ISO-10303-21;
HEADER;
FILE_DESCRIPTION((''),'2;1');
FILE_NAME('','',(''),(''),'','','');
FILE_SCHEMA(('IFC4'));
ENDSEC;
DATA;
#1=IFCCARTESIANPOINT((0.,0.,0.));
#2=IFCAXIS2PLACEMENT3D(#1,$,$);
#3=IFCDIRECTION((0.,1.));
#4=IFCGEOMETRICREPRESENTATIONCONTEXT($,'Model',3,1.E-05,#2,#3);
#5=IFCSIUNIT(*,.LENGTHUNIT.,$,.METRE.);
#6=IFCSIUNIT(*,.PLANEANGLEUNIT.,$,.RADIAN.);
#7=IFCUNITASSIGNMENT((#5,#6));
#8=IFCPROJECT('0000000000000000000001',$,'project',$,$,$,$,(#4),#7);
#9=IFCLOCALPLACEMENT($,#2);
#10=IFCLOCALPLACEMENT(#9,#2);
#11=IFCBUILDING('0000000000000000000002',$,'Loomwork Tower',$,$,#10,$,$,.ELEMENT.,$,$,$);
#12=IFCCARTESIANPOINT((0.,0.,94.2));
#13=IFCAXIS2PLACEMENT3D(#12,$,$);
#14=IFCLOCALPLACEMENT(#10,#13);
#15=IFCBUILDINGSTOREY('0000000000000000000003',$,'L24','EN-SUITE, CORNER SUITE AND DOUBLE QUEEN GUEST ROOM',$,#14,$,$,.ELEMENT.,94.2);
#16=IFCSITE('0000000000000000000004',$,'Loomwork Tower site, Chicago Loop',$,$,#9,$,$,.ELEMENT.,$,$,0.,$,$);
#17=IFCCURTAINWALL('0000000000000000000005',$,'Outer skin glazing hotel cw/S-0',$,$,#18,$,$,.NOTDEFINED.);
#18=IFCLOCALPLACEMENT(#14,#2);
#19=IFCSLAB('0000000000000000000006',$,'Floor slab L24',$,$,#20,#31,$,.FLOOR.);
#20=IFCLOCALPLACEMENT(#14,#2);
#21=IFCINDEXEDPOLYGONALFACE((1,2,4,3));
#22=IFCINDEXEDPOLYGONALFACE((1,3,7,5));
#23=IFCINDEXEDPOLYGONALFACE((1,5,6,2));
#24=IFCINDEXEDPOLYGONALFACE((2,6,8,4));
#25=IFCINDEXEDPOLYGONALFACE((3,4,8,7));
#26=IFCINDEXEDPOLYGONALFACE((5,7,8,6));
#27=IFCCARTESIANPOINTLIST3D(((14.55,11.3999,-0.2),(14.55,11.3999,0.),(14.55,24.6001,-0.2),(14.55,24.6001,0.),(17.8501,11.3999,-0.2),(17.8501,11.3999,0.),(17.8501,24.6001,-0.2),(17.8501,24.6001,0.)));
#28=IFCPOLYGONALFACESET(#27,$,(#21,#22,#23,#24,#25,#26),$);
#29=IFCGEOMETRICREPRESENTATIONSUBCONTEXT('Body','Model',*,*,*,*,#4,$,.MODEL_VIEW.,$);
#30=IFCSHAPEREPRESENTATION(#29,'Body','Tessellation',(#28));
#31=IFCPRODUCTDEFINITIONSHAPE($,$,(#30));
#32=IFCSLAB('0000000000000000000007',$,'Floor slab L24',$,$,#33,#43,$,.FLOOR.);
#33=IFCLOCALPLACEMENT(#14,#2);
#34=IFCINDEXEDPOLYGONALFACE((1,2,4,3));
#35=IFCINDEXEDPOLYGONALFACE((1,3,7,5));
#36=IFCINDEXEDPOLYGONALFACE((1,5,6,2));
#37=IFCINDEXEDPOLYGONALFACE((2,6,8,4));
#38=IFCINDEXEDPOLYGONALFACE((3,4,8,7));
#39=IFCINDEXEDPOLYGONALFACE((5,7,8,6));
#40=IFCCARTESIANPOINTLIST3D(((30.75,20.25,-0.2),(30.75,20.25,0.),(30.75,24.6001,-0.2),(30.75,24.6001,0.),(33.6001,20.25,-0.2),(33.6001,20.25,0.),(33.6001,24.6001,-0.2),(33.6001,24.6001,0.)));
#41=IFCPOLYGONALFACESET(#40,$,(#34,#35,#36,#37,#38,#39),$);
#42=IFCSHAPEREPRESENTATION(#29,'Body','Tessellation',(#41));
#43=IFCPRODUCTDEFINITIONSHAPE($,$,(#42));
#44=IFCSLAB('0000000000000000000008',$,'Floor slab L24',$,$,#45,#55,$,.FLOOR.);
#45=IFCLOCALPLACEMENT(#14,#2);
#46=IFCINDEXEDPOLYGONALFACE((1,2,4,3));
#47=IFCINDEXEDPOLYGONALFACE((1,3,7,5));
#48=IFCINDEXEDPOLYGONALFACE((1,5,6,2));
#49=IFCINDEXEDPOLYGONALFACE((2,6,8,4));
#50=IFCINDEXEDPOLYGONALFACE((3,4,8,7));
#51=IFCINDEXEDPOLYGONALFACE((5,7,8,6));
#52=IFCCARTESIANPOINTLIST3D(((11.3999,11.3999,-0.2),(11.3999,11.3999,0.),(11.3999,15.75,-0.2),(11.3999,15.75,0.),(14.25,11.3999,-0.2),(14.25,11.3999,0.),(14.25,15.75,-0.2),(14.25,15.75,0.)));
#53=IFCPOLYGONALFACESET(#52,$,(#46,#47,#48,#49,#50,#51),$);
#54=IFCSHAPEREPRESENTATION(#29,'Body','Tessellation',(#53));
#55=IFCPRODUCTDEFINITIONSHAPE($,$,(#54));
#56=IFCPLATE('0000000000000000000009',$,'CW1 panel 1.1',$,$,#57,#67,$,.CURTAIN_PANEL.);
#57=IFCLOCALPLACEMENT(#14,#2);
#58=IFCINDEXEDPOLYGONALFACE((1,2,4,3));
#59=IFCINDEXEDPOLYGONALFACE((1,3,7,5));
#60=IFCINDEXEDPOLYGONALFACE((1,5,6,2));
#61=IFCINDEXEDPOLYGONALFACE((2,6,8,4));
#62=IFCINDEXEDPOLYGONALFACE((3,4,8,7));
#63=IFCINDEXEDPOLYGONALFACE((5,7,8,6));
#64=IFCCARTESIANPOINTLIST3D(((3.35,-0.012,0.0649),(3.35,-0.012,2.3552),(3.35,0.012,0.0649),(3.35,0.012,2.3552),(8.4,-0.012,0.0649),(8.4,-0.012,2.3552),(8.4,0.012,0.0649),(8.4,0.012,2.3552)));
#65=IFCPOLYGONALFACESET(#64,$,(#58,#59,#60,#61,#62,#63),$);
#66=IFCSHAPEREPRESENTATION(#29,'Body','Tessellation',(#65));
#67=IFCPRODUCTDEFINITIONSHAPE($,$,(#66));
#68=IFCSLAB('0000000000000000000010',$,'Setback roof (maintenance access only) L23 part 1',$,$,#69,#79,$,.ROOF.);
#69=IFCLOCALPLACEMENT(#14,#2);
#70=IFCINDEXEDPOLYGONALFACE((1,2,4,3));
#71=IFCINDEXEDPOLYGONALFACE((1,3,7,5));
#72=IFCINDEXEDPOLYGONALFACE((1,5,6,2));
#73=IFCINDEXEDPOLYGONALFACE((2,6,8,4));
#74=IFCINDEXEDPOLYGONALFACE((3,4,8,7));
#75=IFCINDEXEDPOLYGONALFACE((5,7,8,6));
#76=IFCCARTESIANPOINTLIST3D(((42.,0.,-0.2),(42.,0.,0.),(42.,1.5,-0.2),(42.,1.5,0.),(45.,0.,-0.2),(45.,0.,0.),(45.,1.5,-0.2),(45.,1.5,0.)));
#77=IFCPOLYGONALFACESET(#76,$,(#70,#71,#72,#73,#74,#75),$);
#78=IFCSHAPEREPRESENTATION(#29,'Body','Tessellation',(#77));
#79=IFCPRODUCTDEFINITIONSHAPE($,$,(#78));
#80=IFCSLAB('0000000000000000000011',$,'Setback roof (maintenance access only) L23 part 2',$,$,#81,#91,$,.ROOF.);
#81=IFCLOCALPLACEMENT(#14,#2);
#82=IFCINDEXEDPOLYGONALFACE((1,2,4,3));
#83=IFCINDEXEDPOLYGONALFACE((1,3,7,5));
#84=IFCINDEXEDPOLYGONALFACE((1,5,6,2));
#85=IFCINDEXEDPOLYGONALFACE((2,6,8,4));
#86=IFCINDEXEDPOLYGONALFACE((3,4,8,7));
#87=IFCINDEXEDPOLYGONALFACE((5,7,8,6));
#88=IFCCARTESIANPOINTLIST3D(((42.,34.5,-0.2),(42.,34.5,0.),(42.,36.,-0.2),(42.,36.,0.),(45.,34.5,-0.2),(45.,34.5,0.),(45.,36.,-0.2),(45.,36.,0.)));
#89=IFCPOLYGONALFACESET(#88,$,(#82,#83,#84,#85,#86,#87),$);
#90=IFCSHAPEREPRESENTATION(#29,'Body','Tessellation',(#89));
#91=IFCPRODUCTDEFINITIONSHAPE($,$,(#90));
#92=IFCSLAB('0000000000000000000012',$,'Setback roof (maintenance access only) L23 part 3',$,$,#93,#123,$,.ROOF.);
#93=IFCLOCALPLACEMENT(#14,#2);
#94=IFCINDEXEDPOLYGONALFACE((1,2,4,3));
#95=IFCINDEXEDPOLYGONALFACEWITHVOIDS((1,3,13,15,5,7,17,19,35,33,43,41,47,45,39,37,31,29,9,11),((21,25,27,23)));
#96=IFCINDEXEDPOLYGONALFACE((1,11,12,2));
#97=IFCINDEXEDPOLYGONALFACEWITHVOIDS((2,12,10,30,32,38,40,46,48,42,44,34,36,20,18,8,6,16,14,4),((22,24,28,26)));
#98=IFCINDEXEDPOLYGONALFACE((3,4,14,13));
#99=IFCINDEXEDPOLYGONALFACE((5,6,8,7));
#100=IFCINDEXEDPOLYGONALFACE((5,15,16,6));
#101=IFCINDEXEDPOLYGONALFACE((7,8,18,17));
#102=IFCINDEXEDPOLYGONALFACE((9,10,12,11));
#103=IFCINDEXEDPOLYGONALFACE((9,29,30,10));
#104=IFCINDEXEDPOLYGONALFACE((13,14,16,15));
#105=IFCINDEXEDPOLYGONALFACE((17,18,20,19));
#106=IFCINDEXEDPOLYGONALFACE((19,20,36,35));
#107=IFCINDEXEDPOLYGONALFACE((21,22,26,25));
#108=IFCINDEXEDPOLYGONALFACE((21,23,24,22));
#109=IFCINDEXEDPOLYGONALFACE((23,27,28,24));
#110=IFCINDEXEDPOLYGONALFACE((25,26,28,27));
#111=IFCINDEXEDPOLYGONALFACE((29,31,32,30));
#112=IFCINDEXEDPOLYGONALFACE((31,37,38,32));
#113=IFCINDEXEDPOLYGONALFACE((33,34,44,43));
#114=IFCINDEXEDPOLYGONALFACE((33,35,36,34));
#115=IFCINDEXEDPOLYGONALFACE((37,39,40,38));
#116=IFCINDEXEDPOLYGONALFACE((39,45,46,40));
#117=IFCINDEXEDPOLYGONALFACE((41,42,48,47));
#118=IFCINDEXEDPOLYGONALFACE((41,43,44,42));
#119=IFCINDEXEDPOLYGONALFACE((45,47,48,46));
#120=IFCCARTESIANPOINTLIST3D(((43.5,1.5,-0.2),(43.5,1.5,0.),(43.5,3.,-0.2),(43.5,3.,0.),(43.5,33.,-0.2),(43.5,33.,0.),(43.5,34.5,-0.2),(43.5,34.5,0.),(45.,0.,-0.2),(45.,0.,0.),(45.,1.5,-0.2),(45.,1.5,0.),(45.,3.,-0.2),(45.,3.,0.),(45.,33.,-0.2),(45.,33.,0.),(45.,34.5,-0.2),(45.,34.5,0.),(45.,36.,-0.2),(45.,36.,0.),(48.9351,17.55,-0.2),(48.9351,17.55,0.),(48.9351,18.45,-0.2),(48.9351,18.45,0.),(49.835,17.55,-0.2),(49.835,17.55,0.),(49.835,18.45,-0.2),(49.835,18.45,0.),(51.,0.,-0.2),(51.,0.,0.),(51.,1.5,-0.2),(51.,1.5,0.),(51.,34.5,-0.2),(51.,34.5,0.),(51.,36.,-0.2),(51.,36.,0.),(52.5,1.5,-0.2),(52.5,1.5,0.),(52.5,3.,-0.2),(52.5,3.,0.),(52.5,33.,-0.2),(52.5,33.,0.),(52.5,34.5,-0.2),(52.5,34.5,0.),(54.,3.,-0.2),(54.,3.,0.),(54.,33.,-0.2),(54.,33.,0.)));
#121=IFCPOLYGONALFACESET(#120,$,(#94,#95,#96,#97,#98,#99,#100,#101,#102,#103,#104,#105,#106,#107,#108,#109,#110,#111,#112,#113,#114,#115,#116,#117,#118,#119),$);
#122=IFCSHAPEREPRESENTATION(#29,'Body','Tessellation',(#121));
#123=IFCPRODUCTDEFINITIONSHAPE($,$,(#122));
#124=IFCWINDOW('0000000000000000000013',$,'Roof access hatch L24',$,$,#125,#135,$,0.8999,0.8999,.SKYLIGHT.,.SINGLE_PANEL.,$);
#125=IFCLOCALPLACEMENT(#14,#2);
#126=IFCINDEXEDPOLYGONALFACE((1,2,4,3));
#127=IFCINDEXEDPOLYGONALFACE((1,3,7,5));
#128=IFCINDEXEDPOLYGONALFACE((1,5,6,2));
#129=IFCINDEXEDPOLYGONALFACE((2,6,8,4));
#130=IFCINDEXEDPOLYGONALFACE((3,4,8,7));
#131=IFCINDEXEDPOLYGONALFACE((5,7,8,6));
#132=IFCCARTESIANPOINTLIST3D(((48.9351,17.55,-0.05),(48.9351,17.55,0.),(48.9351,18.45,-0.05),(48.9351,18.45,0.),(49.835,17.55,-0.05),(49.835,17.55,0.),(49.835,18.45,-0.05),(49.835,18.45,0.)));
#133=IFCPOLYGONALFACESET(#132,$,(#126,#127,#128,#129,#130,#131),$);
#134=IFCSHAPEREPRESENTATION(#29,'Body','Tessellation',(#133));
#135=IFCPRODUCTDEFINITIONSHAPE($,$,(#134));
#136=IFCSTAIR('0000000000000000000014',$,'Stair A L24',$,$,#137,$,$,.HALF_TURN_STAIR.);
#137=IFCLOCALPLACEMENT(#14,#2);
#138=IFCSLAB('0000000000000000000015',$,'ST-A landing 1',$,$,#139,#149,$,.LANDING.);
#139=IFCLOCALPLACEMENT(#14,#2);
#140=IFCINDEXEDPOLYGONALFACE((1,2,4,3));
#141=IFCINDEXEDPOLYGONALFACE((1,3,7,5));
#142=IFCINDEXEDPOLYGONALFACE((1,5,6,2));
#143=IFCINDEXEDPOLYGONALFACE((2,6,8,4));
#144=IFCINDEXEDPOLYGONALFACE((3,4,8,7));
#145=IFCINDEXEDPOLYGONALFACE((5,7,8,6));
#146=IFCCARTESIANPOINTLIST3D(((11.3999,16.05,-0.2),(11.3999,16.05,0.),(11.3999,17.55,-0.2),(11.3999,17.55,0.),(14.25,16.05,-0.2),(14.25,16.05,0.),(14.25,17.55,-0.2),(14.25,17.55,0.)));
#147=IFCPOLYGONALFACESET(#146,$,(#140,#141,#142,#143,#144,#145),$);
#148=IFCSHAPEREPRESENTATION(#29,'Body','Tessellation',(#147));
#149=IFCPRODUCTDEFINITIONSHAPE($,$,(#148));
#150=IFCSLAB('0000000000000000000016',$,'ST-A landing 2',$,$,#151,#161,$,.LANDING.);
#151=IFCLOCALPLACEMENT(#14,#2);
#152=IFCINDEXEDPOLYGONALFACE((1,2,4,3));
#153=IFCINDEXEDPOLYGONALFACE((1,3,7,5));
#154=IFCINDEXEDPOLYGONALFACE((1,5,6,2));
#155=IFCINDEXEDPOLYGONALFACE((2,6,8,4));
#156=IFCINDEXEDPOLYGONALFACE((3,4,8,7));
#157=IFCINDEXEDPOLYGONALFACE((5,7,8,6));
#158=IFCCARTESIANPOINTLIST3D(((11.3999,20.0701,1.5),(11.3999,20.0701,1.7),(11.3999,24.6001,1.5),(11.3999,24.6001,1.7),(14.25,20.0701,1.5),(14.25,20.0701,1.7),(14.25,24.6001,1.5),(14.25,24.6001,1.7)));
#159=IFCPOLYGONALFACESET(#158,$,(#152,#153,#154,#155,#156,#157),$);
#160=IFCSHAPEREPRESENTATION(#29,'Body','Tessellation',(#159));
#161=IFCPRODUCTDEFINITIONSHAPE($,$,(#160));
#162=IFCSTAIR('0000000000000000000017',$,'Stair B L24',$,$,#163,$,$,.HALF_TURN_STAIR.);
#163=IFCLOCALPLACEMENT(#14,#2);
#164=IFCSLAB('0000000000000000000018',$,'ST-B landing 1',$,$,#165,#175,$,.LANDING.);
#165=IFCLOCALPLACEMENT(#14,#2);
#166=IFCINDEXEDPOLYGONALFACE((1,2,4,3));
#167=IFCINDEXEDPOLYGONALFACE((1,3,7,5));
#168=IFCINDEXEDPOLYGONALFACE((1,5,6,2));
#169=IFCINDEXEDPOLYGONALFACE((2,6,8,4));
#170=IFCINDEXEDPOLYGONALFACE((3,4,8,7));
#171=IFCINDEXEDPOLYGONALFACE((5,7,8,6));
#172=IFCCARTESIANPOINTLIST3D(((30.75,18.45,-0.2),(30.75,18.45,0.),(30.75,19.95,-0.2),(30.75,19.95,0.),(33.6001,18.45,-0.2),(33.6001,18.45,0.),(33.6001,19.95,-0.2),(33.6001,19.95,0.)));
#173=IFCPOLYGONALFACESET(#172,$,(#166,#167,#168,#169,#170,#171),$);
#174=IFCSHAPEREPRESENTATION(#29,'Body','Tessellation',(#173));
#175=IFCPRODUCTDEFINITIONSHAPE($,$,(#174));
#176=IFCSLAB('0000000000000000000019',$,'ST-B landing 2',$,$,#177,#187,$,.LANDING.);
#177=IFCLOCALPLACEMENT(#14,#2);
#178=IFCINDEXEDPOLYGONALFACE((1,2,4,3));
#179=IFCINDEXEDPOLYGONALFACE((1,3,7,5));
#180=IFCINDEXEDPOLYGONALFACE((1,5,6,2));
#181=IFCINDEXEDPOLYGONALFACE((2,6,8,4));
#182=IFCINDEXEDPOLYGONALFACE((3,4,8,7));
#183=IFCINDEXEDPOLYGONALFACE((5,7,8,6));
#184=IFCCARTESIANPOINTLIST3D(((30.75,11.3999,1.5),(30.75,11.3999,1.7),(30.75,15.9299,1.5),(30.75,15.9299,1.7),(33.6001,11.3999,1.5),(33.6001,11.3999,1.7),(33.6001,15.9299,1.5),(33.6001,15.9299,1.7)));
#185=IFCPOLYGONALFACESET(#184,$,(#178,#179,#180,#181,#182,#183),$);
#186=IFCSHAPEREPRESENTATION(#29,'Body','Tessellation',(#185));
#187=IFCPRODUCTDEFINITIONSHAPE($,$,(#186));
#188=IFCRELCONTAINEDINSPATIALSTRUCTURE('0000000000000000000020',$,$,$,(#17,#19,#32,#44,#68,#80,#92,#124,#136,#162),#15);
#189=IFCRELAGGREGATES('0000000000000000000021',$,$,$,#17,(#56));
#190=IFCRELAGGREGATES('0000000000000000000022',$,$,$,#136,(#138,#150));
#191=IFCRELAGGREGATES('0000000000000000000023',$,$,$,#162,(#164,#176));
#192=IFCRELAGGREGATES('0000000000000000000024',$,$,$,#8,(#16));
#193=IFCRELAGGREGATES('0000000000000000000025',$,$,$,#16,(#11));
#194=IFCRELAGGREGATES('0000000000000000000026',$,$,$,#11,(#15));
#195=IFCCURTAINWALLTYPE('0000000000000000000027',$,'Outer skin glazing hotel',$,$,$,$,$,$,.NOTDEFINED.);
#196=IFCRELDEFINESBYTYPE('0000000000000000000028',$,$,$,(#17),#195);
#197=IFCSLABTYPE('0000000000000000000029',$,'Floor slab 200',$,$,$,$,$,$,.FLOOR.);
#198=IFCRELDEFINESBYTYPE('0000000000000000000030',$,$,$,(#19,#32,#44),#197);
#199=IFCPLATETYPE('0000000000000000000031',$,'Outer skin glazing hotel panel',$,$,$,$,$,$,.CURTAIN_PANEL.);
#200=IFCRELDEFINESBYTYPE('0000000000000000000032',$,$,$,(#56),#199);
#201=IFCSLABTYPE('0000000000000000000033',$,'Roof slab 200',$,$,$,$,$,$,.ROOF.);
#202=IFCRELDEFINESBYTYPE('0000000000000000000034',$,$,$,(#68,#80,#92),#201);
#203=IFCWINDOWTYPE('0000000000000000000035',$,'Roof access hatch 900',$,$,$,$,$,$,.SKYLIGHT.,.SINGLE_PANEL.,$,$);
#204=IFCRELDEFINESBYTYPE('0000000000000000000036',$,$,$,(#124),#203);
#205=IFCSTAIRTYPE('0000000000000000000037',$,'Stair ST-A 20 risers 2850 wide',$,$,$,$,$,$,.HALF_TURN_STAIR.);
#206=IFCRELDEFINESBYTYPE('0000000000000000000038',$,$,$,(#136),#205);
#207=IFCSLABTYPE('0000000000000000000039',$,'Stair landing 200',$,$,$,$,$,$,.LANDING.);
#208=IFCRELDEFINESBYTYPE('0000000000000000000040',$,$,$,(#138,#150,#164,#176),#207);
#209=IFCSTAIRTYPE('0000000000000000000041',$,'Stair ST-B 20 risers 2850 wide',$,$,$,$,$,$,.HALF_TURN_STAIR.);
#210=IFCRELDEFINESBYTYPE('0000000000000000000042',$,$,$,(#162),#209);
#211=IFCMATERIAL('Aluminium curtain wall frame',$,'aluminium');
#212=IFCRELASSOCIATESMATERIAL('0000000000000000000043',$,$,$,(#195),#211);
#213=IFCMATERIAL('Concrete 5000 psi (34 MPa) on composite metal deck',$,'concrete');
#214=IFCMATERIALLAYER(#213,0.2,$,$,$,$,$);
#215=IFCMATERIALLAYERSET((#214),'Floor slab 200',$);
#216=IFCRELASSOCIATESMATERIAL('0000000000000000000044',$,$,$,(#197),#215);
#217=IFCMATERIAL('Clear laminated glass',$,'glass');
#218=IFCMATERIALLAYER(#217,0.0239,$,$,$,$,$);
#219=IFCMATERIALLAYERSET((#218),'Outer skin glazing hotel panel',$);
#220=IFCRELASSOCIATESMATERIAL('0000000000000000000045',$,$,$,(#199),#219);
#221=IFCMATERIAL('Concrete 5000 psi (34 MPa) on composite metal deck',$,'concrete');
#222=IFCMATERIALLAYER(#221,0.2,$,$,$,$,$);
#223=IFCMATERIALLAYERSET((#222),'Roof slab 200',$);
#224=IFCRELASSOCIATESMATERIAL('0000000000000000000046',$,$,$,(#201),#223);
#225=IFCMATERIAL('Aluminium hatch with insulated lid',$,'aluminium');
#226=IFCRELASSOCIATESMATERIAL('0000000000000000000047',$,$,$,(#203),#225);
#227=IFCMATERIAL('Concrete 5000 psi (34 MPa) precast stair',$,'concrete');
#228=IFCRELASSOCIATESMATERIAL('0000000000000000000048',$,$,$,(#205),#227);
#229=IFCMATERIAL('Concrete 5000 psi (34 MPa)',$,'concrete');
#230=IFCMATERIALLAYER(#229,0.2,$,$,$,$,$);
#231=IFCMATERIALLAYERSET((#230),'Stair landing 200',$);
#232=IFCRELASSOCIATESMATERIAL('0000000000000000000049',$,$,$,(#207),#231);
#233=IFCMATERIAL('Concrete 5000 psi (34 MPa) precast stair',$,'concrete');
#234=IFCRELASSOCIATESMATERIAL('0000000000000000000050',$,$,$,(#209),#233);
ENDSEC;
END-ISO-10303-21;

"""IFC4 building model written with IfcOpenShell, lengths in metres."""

from ifc_helpers import new_model, si_unit, direction, frame, origin, origin_2d, place, context, subcontext, project, spatial, polyline, rectangle, outline, extrude, material, layer, layer_set, type_object, element, fill, aggregate, save


model = new_model("IFC4")

# Units and contexts
model_context = context("Model", 3, precision=1e-05, world=origin(), true_north=direction((0.0, 1.0)))
body_context = subcontext(model_context, "Body", "Model", "MODEL_VIEW")
ifc_project = project(units=[si_unit("LENGTHUNIT", "METRE"), si_unit("PLANEANGLEUNIT", "RADIAN")], contexts=[model_context])

# Site, building, storey
site_placement = place(None, origin())
site = spatial("IfcSite", under=ifc_project, at=site_placement, Name="Loomwork Tower site, Chicago Loop", CompositionType="ELEMENT", RefElevation=0.0)
building_placement = place(site_placement, origin())
building = spatial("IfcBuilding", under=site, at=building_placement, Name="Loomwork Tower", CompositionType="ELEMENT")
storey_placement = place(building_placement, frame((0.0, 0.0, 94.2)))
storey = spatial("IfcBuildingStorey", under=building, at=storey_placement, Name="L24", Description="EN-SUITE, CORNER SUITE AND DOUBLE QUEEN GUEST ROOM", CompositionType="ELEMENT", Elevation=94.2)

# Curtain wall
ifc_material_1 = material(Name="Aluminium curtain wall frame", Category="aluminium")
curtain_wall_type = type_object("IfcCurtainWallType", Name="Outer skin glazing hotel", PredefinedType="NOTDEFINED", material=ifc_material_1)
curtain_wall_placement = place(storey_placement, origin())
curtain_wall = element("IfcCurtainWall", 1, at=curtain_wall_placement, inside=storey, type_object=curtain_wall_type, Name="Outer skin glazing hotel cw/S-0", PredefinedType="NOTDEFINED")

# Slabs
ifc_material_2 = material(Name="Concrete 5000 psi (34 MPa) on composite metal deck", Category="concrete")
ifc_layer_1 = layer(ifc_material_2, 0.2)
ifc_layer_set_1 = layer_set([ifc_layer_1], Name="Floor slab 200")
slab_type_1 = type_object("IfcSlabType", Name="Floor slab 200", PredefinedType="FLOOR", material=ifc_layer_set_1)
slab_1_placement = place(storey_placement, frame((0.0, 0.0, -0.2)))
element("IfcSlab", 2, at=slab_1_placement, inside=storey, type_object=slab_type_1, Name="Floor slab L24", PredefinedType="FLOOR", context=body_context, shape_type="SweptSolid", body=[
    extrude(outline(polyline([(14.55, 11.3999), (14.55, 24.6001), (17.8501, 24.6001), (17.8501, 11.3999), (14.55, 11.3999)])), origin(), (0.0, 0.0, 1.0), 0.2),
])
slab_2_placement = place(storey_placement, frame((0.0, 0.0, -0.2)))
element("IfcSlab", 3, at=slab_2_placement, inside=storey, type_object=slab_type_1, Name="Floor slab L24", PredefinedType="FLOOR", context=body_context, shape_type="SweptSolid", body=[
    extrude(outline(polyline([(33.6001, 20.25), (30.75, 20.25), (30.75, 24.6001), (33.6001, 24.6001), (33.6001, 20.25)])), origin(), (0.0, 0.0, 1.0), 0.2),
])
slab_3_placement = place(storey_placement, frame((0.0, 0.0, -0.2)))
element("IfcSlab", 4, at=slab_3_placement, inside=storey, type_object=slab_type_1, Name="Floor slab L24", PredefinedType="FLOOR", context=body_context, shape_type="SweptSolid", body=[
    extrude(outline(polyline([(14.25, 15.75), (14.25, 11.3999), (11.3999, 11.3999), (11.3999, 15.75), (14.25, 15.75)])), origin(), (0.0, 0.0, 1.0), 0.2),
])

# Plate
ifc_material_3 = material(Name="Clear laminated glass", Category="glass")
ifc_layer_2 = layer(ifc_material_3, 0.0239)
ifc_layer_set_2 = layer_set([ifc_layer_2], Name="Outer skin glazing hotel panel")
plate_type = type_object("IfcPlateType", Name="Outer skin glazing hotel panel", PredefinedType="CURTAIN_PANEL", material=ifc_layer_set_2)
plate_placement = place(storey_placement, frame((5.875, 0.0, 0.0649), z_axis=(0.0, 0.0, 1.0), x_axis=(1.0, 0.0, 0.0)))
plate = element("IfcPlate", 5, at=plate_placement, type_object=plate_type, Name="CW1 panel 1.1", PredefinedType="CURTAIN_PANEL", context=body_context, shape_type="SweptSolid", body=[
    extrude(rectangle(XDim=5.05, YDim=0.0239, at=origin_2d()), origin(), (0.0, 0.0, 1.0), 2.2903),
])
aggregate(curtain_wall, [plate])

# Slabs
ifc_material_4 = material(Name="Concrete 5000 psi (34 MPa) on composite metal deck", Category="concrete")
ifc_layer_3 = layer(ifc_material_4, 0.2)
ifc_layer_set_3 = layer_set([ifc_layer_3], Name="Roof slab 200")
slab_type_2 = type_object("IfcSlabType", Name="Roof slab 200", PredefinedType="ROOF", material=ifc_layer_set_3)
slab_4_placement = place(storey_placement, frame((0.0, 0.0, -0.2)))
element("IfcSlab", 6, at=slab_4_placement, inside=storey, type_object=slab_type_2, Name="Setback roof (maintenance access only) L23 part 1", PredefinedType="ROOF", context=body_context, shape_type="SweptSolid", body=[
    extrude(outline(polyline([(45.0, 0.0), (42.0, 0.0), (42.0, 1.5), (45.0, 1.5), (45.0, 0.0)])), origin(), (0.0, 0.0, 1.0), 0.2),
])
slab_5_placement = place(storey_placement, frame((0.0, 0.0, -0.2)))
element("IfcSlab", 7, at=slab_5_placement, inside=storey, type_object=slab_type_2, Name="Setback roof (maintenance access only) L23 part 2", PredefinedType="ROOF", context=body_context, shape_type="SweptSolid", body=[
    extrude(outline(polyline([(45.0, 34.5), (42.0, 34.5), (42.0, 36.0), (45.0, 36.0), (45.0, 34.5)])), origin(), (0.0, 0.0, 1.0), 0.2),
])

# Slab, opening, window
slab_6_placement = place(storey_placement, frame((0.0, 0.0, -0.2)))
slab_6 = element("IfcSlab", 8, at=slab_6_placement, inside=storey, type_object=slab_type_2, Name="Setback roof (maintenance access only) L23 part 3", PredefinedType="ROOF", context=body_context, shape_type="SweptSolid", body=[
    extrude(outline(polyline([(43.5, 1.5), (43.5, 3.0), (45.0, 3.0), (45.0, 33.0), (43.5, 33.0), (43.5, 34.5), (45.0, 34.5), (45.0, 36.0), (51.0, 36.0), (51.0, 34.5), (52.5, 34.5), (52.5, 33.0), (54.0, 33.0), (54.0, 3.0), (52.5, 3.0), (52.5, 1.5), (51.0, 1.5), (51.0, 0.0), (45.0, 0.0), (45.0, 1.5), (43.5, 1.5)])), origin(), (0.0, 0.0, 1.0), 0.2),
])
opening_1_placement = place(slab_6_placement, frame((49.385, 18.0, 0.0)))
opening_1 = element("IfcOpeningElement", 9, at=opening_1_placement, cuts=slab_6, PredefinedType="OPENING", context=body_context, shape_type="SweptSolid", body=[
    extrude(rectangle(XDim=0.8999, YDim=0.8999, at=origin_2d()), origin(), (0.0, 0.0, 1.0), 0.2),
])
ifc_material_5 = material(Name="Aluminium hatch with insulated lid", Category="aluminium")
window_type_1 = type_object("IfcWindowType", Name="Roof access hatch 900", PartitioningType="SINGLE_PANEL", PredefinedType="SKYLIGHT", material=ifc_material_5)
window_1_placement = place(opening_1_placement, frame((0.0, 0.0, 0.1499)))
window_1 = element("IfcWindow", 10, at=window_1_placement, inside=storey, type_object=window_type_1, Name="Roof access hatch L24", OverallHeight=0.8999, OverallWidth=0.8999, PartitioningType="SINGLE_PANEL", PredefinedType="SKYLIGHT", context=body_context, shape_type="SweptSolid", body=[
    extrude(rectangle(XDim=0.8999, YDim=0.8999, at=origin_2d()), origin(), (0.0, 0.0, 1.0), 0.05),
])
fill(opening_1, window_1)

# Stairs, slabs
ifc_material_6 = material(Name="Concrete 5000 psi (34 MPa) precast stair", Category="concrete")
stair_type_1 = type_object("IfcStairType", Name="Stair ST-A 20 risers 2850 wide", PredefinedType="HALF_TURN_STAIR", material=ifc_material_6)
stair_1_placement = place(storey_placement, origin())
stair_1 = element("IfcStair", 11, at=stair_1_placement, inside=storey, type_object=stair_type_1, Name="Stair A L24", PredefinedType="HALF_TURN_STAIR")
ifc_material_7 = material(Name="Concrete 5000 psi (34 MPa)", Category="concrete")
ifc_layer_4 = layer(ifc_material_7, 0.2)
ifc_layer_set_4 = layer_set([ifc_layer_4], Name="Stair landing 200")
slab_type_3 = type_object("IfcSlabType", Name="Stair landing 200", PredefinedType="LANDING", material=ifc_layer_set_4)
slab_7_placement = place(storey_placement, frame((0.0, 0.0, -0.2)))
slab_7 = element("IfcSlab", 12, at=slab_7_placement, type_object=slab_type_3, Name="ST-A landing 1", PredefinedType="LANDING", context=body_context, shape_type="SweptSolid", body=[
    extrude(outline(polyline([(11.3999, 16.05), (14.25, 16.05), (14.25, 17.55), (11.3999, 17.55), (11.3999, 16.05)])), origin(), (0.0, 0.0, 1.0), 0.2),
])
slab_8_placement = place(storey_placement, frame((0.0, 0.0, 1.5)))
slab_8 = element("IfcSlab", 13, at=slab_8_placement, type_object=slab_type_3, Name="ST-A landing 2", PredefinedType="LANDING", context=body_context, shape_type="SweptSolid", body=[
    extrude(outline(polyline([(11.3999, 20.0701), (14.25, 20.0701), (14.25, 24.6001), (11.3999, 24.6001), (11.3999, 20.0701)])), origin(), (0.0, 0.0, 1.0), 0.2),
])
aggregate(stair_1, [slab_7, slab_8])
ifc_material_8 = material(Name="Concrete 5000 psi (34 MPa) precast stair", Category="concrete")
stair_type_2 = type_object("IfcStairType", Name="Stair ST-B 20 risers 2850 wide", PredefinedType="HALF_TURN_STAIR", material=ifc_material_8)
stair_2_placement = place(storey_placement, origin())
stair_2 = element("IfcStair", 14, at=stair_2_placement, inside=storey, type_object=stair_type_2, Name="Stair B L24", PredefinedType="HALF_TURN_STAIR")
slab_9_placement = place(storey_placement, frame((0.0, 0.0, -0.2)))
slab_9 = element("IfcSlab", 15, at=slab_9_placement, type_object=slab_type_3, Name="ST-B landing 1", PredefinedType="LANDING", context=body_context, shape_type="SweptSolid", body=[
    extrude(outline(polyline([(30.75, 18.45), (33.6001, 18.45), (33.6001, 19.95), (30.75, 19.95), (30.75, 18.45)])), origin(), (0.0, 0.0, 1.0), 0.2),
])
slab_10_placement = place(storey_placement, frame((0.0, 0.0, 1.5)))
slab_10 = element("IfcSlab", 16, at=slab_10_placement, type_object=slab_type_3, Name="ST-B landing 2", PredefinedType="LANDING", context=body_context, shape_type="SweptSolid", body=[
    extrude(outline(polyline([(30.75, 11.3999), (33.6001, 11.3999), (33.6001, 15.9299), (30.75, 15.9299), (30.75, 11.3999)])), origin(), (0.0, 0.0, 1.0), 0.2),
])
aggregate(stair_2, [slab_9, slab_10])

save(model, "model.ifc")
